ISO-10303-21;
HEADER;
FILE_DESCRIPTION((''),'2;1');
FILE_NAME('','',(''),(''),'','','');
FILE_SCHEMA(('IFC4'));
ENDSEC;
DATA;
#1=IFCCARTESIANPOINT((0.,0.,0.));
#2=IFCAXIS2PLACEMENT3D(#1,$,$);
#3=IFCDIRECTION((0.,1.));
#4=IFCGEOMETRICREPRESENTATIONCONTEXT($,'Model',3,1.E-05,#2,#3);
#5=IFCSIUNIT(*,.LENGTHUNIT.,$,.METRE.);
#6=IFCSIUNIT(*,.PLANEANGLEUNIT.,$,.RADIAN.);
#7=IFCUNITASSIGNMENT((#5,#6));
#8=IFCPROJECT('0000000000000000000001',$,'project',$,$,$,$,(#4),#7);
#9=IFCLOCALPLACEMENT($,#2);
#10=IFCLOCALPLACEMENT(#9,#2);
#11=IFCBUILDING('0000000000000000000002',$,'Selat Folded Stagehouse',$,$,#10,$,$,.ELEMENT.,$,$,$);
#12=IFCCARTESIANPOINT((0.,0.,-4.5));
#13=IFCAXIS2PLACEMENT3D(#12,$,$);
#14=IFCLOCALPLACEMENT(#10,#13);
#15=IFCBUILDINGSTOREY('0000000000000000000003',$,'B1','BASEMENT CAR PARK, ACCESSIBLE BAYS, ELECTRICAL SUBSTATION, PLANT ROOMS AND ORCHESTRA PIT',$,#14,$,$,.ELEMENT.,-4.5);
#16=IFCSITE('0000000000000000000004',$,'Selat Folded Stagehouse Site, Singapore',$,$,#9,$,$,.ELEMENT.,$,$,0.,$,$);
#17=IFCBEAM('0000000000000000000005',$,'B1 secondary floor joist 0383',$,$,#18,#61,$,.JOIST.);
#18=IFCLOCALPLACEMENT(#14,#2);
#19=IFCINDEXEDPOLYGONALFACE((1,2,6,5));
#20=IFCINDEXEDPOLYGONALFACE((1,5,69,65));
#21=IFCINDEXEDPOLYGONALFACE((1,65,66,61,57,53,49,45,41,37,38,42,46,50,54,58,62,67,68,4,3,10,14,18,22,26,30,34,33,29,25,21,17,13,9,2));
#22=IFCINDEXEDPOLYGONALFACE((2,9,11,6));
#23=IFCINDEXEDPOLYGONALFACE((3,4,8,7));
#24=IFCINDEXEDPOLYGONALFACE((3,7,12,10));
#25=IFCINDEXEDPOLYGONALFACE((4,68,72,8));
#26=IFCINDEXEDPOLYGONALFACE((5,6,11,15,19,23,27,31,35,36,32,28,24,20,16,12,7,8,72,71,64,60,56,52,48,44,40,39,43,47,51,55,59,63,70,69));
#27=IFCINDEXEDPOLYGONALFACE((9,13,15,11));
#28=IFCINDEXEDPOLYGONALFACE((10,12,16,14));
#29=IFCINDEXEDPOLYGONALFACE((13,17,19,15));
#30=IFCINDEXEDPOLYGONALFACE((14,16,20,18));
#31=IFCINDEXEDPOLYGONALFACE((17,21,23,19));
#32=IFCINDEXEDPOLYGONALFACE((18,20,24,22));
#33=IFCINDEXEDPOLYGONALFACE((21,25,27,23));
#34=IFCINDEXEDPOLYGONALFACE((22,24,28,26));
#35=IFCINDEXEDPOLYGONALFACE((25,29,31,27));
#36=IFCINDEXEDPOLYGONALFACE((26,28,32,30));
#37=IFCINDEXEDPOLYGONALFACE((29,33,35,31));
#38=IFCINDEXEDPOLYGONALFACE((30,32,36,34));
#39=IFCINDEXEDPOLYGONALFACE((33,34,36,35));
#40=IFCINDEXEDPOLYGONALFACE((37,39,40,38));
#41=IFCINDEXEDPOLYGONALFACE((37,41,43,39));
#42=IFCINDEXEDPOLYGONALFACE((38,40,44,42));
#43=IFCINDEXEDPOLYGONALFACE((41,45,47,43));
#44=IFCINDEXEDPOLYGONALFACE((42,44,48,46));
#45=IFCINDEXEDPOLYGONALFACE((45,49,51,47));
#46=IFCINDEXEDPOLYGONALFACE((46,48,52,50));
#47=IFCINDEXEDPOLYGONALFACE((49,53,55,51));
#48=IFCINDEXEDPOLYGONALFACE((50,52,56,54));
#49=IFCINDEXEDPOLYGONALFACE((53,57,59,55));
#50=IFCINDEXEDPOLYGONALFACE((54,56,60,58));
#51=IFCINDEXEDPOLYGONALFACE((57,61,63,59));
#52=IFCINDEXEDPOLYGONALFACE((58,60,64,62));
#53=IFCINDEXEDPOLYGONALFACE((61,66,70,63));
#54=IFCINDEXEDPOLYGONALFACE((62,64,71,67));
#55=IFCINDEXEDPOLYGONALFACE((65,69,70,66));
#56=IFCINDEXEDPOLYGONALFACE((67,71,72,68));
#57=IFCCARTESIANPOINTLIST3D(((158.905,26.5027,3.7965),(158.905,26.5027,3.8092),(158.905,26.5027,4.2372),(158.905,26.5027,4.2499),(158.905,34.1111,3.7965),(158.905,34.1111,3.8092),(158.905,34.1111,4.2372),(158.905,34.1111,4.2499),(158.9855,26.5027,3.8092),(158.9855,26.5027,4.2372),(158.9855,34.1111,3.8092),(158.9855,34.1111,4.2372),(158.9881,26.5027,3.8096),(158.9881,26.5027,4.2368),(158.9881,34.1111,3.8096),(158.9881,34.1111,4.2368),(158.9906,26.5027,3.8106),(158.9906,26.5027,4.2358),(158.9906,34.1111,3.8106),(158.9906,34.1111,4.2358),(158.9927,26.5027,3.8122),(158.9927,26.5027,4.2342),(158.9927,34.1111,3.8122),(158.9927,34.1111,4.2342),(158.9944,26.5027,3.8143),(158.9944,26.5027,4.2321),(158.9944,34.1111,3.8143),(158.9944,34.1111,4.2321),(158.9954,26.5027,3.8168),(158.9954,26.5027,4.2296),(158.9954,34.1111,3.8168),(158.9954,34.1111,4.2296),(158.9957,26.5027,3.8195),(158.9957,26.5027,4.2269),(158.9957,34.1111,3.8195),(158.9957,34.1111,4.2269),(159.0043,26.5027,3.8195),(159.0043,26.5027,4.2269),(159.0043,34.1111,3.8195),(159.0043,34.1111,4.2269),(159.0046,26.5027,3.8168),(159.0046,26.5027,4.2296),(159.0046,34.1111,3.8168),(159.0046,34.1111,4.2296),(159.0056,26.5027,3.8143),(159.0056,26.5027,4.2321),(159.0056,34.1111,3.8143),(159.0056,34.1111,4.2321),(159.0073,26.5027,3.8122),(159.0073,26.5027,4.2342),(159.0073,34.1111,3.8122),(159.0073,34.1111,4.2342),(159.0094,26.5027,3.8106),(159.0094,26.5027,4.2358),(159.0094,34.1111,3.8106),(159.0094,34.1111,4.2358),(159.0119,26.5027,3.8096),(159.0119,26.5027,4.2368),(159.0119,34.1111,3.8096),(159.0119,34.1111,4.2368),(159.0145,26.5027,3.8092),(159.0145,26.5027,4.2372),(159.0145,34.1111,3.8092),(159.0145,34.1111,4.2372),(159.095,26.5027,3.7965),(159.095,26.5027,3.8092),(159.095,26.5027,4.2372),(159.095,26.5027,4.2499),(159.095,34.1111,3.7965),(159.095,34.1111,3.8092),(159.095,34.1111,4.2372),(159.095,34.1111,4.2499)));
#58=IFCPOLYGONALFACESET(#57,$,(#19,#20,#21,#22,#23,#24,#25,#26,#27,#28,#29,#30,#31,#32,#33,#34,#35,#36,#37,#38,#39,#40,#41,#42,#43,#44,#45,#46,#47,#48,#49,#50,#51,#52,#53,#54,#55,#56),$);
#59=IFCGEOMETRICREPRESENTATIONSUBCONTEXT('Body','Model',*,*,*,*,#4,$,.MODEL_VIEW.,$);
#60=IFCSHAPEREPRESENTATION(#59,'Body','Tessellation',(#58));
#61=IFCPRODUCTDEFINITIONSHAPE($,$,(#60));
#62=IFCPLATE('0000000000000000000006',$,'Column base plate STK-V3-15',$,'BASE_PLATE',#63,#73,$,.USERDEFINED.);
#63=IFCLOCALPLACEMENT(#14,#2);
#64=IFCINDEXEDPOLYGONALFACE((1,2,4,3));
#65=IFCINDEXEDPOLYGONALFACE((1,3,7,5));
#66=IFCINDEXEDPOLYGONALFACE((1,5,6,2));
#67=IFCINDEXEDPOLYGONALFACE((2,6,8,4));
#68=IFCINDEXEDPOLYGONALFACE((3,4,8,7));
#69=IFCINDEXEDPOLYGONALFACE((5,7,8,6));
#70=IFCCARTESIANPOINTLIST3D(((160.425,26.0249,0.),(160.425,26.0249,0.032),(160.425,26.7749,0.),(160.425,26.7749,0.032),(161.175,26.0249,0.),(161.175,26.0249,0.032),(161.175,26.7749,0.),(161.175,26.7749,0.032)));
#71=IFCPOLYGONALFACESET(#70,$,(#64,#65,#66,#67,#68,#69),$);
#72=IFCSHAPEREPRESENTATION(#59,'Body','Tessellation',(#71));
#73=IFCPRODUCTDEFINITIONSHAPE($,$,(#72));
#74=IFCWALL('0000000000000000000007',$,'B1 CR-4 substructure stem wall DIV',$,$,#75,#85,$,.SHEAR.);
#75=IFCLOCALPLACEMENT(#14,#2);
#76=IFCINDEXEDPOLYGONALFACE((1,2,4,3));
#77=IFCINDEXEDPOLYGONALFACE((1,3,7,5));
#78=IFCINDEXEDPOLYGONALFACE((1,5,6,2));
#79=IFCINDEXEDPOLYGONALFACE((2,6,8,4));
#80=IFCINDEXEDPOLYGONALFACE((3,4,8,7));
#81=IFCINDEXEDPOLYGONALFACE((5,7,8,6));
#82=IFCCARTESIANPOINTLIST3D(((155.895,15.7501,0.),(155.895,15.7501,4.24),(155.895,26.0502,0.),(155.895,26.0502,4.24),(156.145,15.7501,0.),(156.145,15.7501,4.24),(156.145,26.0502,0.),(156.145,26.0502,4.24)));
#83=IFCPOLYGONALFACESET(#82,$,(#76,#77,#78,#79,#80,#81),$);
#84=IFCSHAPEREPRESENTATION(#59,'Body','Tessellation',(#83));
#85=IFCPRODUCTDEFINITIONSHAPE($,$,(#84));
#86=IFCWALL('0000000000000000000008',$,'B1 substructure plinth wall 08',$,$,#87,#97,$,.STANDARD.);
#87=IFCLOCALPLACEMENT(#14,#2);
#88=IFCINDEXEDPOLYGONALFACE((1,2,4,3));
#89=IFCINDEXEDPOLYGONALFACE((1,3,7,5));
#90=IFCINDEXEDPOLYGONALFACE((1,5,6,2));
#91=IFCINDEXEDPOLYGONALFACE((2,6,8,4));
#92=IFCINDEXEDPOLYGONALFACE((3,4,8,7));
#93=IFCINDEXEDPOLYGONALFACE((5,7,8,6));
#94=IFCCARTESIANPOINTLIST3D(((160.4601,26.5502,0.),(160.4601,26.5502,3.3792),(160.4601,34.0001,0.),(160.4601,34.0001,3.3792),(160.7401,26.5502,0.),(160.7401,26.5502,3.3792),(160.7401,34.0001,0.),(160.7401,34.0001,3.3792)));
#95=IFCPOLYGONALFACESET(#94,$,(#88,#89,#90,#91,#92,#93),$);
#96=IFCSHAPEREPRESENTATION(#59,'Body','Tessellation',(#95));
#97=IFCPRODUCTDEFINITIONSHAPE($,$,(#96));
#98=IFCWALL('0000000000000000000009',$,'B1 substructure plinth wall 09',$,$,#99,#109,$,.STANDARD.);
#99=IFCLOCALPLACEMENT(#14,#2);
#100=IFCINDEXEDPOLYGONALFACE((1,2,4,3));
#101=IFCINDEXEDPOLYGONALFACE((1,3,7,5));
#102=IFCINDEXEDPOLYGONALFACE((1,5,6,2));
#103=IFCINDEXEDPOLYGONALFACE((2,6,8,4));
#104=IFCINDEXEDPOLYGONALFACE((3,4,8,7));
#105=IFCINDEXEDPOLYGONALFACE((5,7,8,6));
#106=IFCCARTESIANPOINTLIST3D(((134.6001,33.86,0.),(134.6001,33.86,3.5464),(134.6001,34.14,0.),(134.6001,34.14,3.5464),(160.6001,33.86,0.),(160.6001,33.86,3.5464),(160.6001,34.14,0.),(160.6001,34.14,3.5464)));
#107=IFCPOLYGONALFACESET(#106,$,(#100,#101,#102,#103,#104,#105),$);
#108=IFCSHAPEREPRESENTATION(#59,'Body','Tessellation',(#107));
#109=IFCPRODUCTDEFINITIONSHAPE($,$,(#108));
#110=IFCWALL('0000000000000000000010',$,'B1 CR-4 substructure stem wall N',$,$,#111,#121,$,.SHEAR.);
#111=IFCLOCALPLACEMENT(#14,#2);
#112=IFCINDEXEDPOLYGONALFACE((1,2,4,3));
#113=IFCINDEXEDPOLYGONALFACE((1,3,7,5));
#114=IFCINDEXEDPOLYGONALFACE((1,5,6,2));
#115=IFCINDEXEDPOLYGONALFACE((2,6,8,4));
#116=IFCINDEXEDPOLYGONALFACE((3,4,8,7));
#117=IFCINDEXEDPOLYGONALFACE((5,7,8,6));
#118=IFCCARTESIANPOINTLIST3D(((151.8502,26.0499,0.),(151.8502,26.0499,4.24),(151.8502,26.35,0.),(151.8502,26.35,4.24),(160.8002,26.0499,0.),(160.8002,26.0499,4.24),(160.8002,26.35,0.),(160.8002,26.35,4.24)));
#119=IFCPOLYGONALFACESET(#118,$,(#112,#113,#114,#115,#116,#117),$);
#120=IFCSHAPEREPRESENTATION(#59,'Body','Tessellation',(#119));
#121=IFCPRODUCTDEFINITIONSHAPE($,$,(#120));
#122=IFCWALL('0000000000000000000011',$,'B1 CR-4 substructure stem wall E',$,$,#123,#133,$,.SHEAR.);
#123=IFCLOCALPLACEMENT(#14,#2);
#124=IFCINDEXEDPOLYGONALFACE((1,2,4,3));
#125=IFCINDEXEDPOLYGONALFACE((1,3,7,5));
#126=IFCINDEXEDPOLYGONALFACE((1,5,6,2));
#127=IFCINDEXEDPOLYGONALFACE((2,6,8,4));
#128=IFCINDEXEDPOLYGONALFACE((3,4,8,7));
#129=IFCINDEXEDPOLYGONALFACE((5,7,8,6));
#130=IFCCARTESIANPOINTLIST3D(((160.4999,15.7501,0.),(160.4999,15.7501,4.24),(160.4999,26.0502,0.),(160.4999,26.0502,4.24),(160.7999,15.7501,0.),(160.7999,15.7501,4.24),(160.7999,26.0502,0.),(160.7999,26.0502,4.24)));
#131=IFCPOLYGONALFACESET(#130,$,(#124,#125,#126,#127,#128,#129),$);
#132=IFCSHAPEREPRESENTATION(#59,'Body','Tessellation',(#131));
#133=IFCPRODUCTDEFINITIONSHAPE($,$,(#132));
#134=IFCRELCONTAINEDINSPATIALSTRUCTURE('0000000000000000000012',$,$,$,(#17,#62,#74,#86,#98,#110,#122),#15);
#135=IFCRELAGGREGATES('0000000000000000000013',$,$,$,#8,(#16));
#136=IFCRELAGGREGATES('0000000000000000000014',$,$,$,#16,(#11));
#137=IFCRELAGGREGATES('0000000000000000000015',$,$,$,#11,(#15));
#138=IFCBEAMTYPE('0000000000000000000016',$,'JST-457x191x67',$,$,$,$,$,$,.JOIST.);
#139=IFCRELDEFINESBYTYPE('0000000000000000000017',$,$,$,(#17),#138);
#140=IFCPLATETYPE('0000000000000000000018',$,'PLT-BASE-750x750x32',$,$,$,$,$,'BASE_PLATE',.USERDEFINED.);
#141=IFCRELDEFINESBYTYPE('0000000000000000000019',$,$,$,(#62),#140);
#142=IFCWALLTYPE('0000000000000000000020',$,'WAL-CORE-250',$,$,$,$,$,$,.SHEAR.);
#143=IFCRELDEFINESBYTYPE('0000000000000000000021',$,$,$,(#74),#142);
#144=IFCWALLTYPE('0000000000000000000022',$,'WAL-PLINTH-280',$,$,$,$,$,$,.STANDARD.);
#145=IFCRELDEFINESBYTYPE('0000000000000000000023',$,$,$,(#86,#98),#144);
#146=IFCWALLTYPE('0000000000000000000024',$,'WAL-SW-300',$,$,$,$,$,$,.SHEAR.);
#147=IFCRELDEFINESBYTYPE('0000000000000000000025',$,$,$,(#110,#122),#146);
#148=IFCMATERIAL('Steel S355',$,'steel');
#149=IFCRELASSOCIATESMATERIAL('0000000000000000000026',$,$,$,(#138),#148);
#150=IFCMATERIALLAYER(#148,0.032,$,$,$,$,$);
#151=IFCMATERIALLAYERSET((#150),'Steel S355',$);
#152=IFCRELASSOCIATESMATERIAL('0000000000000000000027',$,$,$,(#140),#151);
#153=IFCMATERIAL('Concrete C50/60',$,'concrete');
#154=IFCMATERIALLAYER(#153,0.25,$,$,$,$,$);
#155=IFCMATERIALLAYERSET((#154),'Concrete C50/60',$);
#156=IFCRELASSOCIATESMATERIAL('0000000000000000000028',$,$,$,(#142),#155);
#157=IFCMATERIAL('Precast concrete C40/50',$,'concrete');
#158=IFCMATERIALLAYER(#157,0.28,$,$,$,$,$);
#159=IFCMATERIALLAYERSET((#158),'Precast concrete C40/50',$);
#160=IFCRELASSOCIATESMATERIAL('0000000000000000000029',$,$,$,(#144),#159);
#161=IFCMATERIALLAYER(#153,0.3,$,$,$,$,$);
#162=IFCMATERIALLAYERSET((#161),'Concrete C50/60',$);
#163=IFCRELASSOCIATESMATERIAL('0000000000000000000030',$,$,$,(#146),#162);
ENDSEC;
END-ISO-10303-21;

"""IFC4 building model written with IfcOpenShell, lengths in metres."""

from ifc_helpers import new_model, si_unit, direction, frame, frame_2d, origin, origin_2d, place, context, subcontext, project, spatial, rectangle, i_section, extrude, material, layer, layer_set, material_profile, profile_set, type_object, element, save


model = new_model("IFC4")

# Units and contexts
model_context = context("Model", 3, precision=1e-05, world=origin(), true_north=direction((0.0, 1.0)))
body_context = subcontext(model_context, "Body", "Model", "MODEL_VIEW")
ifc_project = project(units=[si_unit("LENGTHUNIT", "METRE"), si_unit("PLANEANGLEUNIT", "RADIAN")], contexts=[model_context])

# Site, building, storey
site_placement = place(None, origin())
site = spatial("IfcSite", under=ifc_project, at=site_placement, Name="Selat Folded Stagehouse Site, Singapore", CompositionType="ELEMENT", RefElevation=0.0)
building_placement = place(site_placement, origin())
building = spatial("IfcBuilding", under=site, at=building_placement, Name="Selat Folded Stagehouse", CompositionType="ELEMENT")
storey_placement = place(building_placement, frame((0.0, 0.0, -4.5)))
storey = spatial("IfcBuildingStorey", under=building, at=storey_placement, Name="B1", Description="BASEMENT CAR PARK, ACCESSIBLE BAYS, ELECTRICAL SUBSTATION, PLANT ROOMS AND ORCHESTRA PIT", CompositionType="ELEMENT", Elevation=-4.5)

# Shared definitions
ifc_material_1 = material(Name="Steel S355", Category="steel")

# Beam
ifc_material_profile_1 = material_profile(ifc_material_1, i_section(OverallWidth=0.1899, OverallDepth=0.4534, WebThickness=0.0085, FlangeThickness=0.0127, FilletRadius=0.0103, at=origin_2d()), Name="UKB 457x191x67")
ifc_profile_set_1 = profile_set([ifc_material_profile_1], Name="Steel S355")
beam_type_1 = type_object("IfcBeamType", Name="JST-457x191x67", PredefinedType="JOIST", material=ifc_profile_set_1)
for number, where, z_axis, x_axis, name in (
    (1, (159.0, 26.5027, 4.0232), (0.0, 1.0, 0.0), (-1.0, 0.0, 0.0), "B1 secondary floor joist 0383"),
):
    element("IfcBeam", number, at=place(storey_placement, frame(where, z_axis=z_axis, x_axis=x_axis)), inside=storey, type_object=beam_type_1, Name=name, PredefinedType="JOIST", context=body_context, shape_type="SweptSolid", body=[
        extrude(i_section(OverallWidth=0.1899, OverallDepth=0.4534, WebThickness=0.0085, FlangeThickness=0.0127, FilletRadius=0.0103, at=origin_2d()), origin(), (0.0, 0.0, 1.0), 7.6084),
    ])

# Plate
ifc_layer_1 = layer(ifc_material_1, 0.032)
ifc_layer_set_1 = layer_set([ifc_layer_1], Name="Steel S355")
plate_type = type_object("IfcPlateType", Name="PLT-BASE-750x750x32", ElementType="BASE_PLATE", PredefinedType="USERDEFINED", material=ifc_layer_set_1)
plate_placement = place(storey_placement, frame((160.8, 26.3999, 0.0), z_axis=(0.0, 0.0, 1.0), x_axis=(1.0, 0.0, 0.0)))
element("IfcPlate", 2, at=plate_placement, inside=storey, type_object=plate_type, Name="Column base plate STK-V3-15", ObjectType="BASE_PLATE", PredefinedType="USERDEFINED", context=body_context, shape_type="SweptSolid", body=[
    extrude(rectangle(XDim=0.75, YDim=0.75, at=origin_2d()), origin(), (0.0, 0.0, 1.0), 0.032),
])

# Walls
ifc_material_2 = material(Name="Concrete C50/60", Category="concrete")
ifc_layer_2 = layer(ifc_material_2, 0.25)
ifc_layer_set_2 = layer_set([ifc_layer_2], Name="Concrete C50/60")
wall_type_1 = type_object("IfcWallType", Name="WAL-CORE-250", PredefinedType="SHEAR", material=ifc_layer_set_2)
wall_1_placement = place(storey_placement, frame((156.02, 26.05, 0.0), z_axis=(0.0, 0.0, 1.0), x_axis=(0.0, -1.0, 0.0)))
element("IfcWall", 3, at=wall_1_placement, inside=storey, type_object=wall_type_1, Name="B1 CR-4 substructure stem wall DIV", PredefinedType="SHEAR", context=body_context, shape_type="SweptSolid", body=[
    extrude(rectangle(XDim=10.3, YDim=0.25, at=frame_2d((5.1499, 0.0))), origin(), (0.0, 0.0, 1.0), 4.24),
])
ifc_material_3 = material(Name="Precast concrete C40/50", Category="concrete")
ifc_layer_3 = layer(ifc_material_3, 0.28)
ifc_layer_set_3 = layer_set([ifc_layer_3], Name="Precast concrete C40/50")
wall_type_2 = type_object("IfcWallType", Name="WAL-PLINTH-280", PredefinedType="STANDARD", material=ifc_layer_set_3)
wall_2_placement = place(storey_placement, frame((160.6001, 26.55, 0.0), z_axis=(0.0, 0.0, 1.0), x_axis=(0.0, 1.0, 0.0)))
element("IfcWall", 4, at=wall_2_placement, inside=storey, type_object=wall_type_2, Name="B1 substructure plinth wall 08", PredefinedType="STANDARD", context=body_context, shape_type="SweptSolid", body=[
    extrude(rectangle(XDim=7.45, YDim=0.28, at=frame_2d((3.7251, 0.0))), origin(), (0.0, 0.0, 1.0), 3.3792),
])
wall_3_placement = place(storey_placement, frame((160.6001, 34.0, 0.0), z_axis=(0.0, 0.0, 1.0), x_axis=(-1.0, 0.0, 0.0)))
element("IfcWall", 5, at=wall_3_placement, inside=storey, type_object=wall_type_2, Name="B1 substructure plinth wall 09", PredefinedType="STANDARD", context=body_context, shape_type="SweptSolid", body=[
    extrude(rectangle(XDim=26.0, YDim=0.28, at=frame_2d((13.0, 0.0))), origin(), (0.0, 0.0, 1.0), 3.5464),
])
ifc_layer_4 = layer(ifc_material_2, 0.3)
ifc_layer_set_4 = layer_set([ifc_layer_4], Name="Concrete C50/60")
wall_type_3 = type_object("IfcWallType", Name="WAL-SW-300", PredefinedType="SHEAR", material=ifc_layer_set_4)
wall_4_placement = place(storey_placement, frame((151.8501, 26.2, 0.0), z_axis=(0.0, 0.0, 1.0), x_axis=(1.0, 0.0, 0.0)))
element("IfcWall", 6, at=wall_4_placement, inside=storey, type_object=wall_type_3, Name="B1 CR-4 substructure stem wall N", PredefinedType="SHEAR", context=body_context, shape_type="SweptSolid", body=[
    extrude(rectangle(XDim=8.95, YDim=0.3, at=frame_2d((4.4751, 0.0))), origin(), (0.0, 0.0, 1.0), 4.24),
])
wall_5_placement = place(storey_placement, frame((160.6499, 26.05, 0.0), z_axis=(0.0, 0.0, 1.0), x_axis=(0.0, -1.0, 0.0)))
element("IfcWall", 7, at=wall_5_placement, inside=storey, type_object=wall_type_3, Name="B1 CR-4 substructure stem wall E", PredefinedType="SHEAR", context=body_context, shape_type="SweptSolid", body=[
    extrude(rectangle(XDim=10.3, YDim=0.3, at=frame_2d((5.1499, 0.0))), origin(), (0.0, 0.0, 1.0), 4.24),
])

save(model, "model.ifc")
